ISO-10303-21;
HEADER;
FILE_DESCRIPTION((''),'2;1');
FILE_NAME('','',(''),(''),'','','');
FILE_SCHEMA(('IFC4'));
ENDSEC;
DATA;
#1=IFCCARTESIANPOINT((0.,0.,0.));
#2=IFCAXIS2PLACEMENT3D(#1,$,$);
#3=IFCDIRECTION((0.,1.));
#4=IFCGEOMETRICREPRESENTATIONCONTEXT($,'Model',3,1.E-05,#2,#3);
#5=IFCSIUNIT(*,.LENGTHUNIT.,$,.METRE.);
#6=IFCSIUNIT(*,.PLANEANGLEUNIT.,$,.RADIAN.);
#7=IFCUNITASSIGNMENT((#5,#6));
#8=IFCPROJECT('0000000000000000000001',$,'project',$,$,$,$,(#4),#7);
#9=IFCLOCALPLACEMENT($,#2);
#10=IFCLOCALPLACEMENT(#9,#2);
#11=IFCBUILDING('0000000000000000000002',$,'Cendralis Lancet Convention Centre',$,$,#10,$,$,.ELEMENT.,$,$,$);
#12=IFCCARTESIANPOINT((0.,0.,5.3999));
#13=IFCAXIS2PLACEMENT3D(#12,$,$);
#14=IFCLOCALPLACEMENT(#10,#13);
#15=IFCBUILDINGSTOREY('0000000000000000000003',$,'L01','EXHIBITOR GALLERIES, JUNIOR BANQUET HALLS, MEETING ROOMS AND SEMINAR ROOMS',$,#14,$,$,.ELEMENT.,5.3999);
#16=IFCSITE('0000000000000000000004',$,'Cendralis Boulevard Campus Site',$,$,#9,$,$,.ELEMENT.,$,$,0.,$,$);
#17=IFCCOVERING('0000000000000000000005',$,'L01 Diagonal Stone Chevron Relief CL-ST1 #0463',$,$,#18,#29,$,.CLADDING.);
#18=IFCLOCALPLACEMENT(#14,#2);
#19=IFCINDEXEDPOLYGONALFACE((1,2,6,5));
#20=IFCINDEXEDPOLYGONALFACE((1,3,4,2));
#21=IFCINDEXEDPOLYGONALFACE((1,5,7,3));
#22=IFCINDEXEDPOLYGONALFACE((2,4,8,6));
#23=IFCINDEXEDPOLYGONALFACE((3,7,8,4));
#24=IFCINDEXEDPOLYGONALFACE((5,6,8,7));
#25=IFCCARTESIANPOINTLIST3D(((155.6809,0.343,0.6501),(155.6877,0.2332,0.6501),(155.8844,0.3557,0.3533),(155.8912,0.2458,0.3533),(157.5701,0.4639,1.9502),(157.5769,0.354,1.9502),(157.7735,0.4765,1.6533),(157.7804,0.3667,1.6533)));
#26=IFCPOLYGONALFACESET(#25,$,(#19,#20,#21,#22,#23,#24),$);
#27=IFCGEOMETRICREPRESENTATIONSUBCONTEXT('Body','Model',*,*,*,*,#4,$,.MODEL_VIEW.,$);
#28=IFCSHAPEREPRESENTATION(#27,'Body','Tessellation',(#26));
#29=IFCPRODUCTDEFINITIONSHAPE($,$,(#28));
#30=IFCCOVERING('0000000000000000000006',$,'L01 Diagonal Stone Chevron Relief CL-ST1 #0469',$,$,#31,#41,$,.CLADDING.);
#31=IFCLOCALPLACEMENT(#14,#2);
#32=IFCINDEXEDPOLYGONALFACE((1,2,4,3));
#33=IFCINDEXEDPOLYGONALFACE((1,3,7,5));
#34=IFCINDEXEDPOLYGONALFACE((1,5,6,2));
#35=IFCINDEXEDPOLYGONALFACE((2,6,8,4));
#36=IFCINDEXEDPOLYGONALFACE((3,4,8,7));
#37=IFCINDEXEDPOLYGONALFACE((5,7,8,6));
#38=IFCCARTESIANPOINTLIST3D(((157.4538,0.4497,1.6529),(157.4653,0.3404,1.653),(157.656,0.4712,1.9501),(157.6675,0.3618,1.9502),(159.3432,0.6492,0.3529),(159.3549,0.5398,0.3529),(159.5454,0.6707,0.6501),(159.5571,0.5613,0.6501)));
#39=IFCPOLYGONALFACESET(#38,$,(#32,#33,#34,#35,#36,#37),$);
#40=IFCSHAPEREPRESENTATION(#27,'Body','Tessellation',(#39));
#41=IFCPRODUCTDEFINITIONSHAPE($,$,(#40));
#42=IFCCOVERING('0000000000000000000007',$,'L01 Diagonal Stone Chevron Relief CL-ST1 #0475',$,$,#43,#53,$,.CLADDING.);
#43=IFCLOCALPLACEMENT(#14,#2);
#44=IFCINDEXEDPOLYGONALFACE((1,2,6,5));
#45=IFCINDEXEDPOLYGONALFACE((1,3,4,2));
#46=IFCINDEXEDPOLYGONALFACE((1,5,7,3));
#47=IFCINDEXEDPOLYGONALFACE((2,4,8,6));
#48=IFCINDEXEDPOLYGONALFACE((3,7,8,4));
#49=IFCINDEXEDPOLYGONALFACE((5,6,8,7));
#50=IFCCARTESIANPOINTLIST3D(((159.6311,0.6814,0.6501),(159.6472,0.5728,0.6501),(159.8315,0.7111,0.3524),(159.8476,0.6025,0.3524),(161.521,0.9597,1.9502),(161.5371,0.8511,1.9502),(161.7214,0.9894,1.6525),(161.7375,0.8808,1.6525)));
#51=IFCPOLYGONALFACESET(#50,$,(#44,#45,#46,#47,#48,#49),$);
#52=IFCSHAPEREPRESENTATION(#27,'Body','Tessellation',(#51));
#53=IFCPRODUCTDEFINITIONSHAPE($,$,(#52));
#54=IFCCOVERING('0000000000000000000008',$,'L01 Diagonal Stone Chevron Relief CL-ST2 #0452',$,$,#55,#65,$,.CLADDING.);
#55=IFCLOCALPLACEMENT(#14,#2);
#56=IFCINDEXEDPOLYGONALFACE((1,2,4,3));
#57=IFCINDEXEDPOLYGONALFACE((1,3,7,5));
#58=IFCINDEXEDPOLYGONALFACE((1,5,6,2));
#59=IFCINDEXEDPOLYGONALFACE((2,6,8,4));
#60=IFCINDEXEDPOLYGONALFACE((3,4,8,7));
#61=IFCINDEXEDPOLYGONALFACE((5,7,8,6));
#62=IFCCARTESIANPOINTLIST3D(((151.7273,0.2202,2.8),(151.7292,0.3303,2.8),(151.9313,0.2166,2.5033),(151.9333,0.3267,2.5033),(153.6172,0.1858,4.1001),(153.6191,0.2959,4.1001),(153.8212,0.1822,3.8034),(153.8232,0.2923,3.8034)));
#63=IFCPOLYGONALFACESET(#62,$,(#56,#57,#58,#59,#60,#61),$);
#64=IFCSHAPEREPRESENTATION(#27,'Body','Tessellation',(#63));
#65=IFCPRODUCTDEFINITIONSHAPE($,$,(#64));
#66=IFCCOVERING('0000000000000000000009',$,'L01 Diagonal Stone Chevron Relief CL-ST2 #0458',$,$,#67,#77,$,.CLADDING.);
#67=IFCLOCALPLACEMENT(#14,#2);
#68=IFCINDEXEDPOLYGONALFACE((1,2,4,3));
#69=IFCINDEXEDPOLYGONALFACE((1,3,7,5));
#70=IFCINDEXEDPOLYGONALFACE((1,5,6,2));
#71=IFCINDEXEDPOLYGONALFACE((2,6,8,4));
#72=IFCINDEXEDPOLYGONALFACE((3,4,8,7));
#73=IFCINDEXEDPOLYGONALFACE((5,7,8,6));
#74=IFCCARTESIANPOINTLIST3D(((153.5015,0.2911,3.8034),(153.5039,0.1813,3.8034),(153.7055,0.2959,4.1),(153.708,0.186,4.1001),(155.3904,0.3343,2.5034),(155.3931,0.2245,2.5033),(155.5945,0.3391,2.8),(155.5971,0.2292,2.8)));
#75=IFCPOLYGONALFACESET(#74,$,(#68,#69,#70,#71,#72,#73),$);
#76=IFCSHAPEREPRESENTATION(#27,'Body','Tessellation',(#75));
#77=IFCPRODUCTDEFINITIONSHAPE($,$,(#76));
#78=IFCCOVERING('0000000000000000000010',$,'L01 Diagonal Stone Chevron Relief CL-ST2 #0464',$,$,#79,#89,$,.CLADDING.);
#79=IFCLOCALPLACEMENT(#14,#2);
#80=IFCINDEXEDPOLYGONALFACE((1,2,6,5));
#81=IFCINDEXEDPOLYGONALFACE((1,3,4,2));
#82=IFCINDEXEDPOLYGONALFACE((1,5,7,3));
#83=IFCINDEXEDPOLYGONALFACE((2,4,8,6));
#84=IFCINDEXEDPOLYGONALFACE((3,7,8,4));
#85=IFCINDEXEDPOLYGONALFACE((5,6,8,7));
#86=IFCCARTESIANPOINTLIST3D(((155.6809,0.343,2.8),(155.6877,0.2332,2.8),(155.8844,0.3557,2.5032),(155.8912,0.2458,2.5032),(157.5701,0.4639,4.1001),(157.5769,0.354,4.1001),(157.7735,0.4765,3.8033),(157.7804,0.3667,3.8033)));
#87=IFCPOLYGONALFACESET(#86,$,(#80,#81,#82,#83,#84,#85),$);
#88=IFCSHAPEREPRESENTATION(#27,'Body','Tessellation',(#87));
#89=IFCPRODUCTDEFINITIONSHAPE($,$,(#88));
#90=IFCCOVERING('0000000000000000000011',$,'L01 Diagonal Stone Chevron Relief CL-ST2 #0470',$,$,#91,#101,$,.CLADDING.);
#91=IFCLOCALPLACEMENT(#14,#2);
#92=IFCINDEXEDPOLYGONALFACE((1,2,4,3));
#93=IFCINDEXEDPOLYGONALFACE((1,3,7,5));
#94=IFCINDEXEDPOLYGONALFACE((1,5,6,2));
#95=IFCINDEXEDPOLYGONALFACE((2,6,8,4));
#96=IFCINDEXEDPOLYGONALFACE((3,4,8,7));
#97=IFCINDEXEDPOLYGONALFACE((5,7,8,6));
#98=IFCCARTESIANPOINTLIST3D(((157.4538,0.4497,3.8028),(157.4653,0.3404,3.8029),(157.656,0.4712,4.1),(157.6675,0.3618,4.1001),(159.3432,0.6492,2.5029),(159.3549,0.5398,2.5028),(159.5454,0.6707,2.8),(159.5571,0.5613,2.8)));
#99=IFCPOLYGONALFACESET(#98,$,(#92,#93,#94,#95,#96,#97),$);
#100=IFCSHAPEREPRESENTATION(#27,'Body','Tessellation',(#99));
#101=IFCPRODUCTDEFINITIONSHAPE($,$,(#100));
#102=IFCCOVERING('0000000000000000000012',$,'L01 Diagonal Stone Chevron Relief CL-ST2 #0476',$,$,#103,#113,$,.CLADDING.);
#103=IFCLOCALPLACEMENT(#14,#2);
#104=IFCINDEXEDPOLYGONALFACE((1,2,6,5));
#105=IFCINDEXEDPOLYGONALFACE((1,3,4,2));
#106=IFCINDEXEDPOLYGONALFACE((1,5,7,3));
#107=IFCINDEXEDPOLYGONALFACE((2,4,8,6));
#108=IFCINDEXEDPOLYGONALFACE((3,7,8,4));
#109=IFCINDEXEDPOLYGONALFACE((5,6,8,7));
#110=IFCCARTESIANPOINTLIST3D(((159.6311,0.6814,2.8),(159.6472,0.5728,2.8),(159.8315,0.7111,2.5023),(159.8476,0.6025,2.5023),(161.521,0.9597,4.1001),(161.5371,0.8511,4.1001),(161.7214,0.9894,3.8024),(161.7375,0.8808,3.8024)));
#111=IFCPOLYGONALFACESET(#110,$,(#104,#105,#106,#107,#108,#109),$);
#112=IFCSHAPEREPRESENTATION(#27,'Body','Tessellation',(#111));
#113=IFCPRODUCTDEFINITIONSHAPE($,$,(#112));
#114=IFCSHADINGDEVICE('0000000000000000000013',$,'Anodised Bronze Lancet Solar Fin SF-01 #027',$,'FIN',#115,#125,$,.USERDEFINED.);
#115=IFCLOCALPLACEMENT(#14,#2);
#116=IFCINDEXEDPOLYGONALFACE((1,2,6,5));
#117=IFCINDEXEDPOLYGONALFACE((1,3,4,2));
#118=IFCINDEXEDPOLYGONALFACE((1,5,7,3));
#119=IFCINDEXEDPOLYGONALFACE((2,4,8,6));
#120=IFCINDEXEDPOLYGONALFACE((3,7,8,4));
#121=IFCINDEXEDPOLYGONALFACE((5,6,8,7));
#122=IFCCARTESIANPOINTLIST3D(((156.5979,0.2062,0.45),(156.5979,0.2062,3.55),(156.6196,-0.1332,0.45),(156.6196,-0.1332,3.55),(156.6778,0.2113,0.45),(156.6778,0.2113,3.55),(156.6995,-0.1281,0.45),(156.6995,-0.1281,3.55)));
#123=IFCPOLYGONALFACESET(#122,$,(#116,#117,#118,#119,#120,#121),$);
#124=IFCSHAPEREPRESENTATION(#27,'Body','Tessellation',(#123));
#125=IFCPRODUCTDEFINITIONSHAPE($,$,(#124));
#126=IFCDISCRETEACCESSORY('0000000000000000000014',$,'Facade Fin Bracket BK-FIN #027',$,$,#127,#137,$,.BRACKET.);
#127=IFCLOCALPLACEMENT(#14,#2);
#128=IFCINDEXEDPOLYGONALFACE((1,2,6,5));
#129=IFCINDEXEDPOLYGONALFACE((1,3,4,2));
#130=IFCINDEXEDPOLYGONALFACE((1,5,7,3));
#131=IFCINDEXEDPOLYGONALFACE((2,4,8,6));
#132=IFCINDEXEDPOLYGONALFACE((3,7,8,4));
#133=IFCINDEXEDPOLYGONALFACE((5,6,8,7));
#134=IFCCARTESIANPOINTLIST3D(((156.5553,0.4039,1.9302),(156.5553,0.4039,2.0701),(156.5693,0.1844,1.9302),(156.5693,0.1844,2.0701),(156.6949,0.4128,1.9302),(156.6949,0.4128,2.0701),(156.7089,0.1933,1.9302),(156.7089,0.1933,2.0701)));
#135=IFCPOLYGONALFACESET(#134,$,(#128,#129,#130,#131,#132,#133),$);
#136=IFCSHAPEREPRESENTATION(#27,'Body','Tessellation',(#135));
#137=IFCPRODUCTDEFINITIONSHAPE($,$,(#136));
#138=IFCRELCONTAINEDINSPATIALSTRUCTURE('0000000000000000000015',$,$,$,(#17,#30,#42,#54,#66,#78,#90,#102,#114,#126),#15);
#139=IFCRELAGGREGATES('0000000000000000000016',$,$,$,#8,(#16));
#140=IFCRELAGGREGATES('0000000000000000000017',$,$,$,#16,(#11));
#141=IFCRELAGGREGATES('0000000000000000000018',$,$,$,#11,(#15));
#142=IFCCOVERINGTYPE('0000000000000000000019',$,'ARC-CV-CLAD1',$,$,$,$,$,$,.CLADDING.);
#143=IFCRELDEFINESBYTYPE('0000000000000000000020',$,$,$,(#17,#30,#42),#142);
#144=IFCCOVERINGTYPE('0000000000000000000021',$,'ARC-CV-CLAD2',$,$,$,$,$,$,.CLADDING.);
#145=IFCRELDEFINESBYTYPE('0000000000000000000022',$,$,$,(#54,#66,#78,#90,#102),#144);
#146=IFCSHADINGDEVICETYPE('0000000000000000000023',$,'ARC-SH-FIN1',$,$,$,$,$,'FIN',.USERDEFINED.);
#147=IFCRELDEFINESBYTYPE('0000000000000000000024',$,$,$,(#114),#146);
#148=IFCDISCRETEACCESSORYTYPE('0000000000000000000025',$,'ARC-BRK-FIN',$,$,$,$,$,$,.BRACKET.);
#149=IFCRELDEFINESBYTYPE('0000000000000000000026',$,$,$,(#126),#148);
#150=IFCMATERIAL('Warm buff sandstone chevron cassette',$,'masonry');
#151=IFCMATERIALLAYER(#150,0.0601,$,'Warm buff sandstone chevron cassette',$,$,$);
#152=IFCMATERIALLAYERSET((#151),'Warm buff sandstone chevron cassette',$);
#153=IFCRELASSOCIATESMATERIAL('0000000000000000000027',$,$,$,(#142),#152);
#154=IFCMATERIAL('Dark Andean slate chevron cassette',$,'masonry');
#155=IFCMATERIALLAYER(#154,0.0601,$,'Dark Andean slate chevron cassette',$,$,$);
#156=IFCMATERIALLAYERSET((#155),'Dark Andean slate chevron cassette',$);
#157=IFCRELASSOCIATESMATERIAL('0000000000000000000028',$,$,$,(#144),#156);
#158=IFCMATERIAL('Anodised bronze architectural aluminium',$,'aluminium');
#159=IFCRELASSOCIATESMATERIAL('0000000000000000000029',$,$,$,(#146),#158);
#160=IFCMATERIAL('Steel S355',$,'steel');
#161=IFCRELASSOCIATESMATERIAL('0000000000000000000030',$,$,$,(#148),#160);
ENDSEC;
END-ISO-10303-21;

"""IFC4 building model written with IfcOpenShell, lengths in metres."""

from ifc_helpers import new_model, si_unit, direction, frame, origin, origin_2d, place, context, subcontext, project, spatial, polyline, rectangle, outline, extrude, material, layer, layer_set, type_object, element, save


model = new_model("IFC4")

# Units and contexts
model_context = context("Model", 3, precision=1e-05, world=origin(), true_north=direction((0.0, 1.0)))
body_context = subcontext(model_context, "Body", "Model", "MODEL_VIEW")
ifc_project = project(units=[si_unit("LENGTHUNIT", "METRE"), si_unit("PLANEANGLEUNIT", "RADIAN")], contexts=[model_context])

# Site, building, storey
site_placement = place(None, origin())
site = spatial("IfcSite", under=ifc_project, at=site_placement, Name="Cendralis Boulevard Campus Site", CompositionType="ELEMENT", RefElevation=0.0)
building_placement = place(site_placement, origin())
building = spatial("IfcBuilding", under=site, at=building_placement, Name="Cendralis Lancet Convention Centre", CompositionType="ELEMENT")
storey_placement = place(building_placement, frame((0.0, 0.0, 5.3999)))
storey = spatial("IfcBuildingStorey", under=building, at=storey_placement, Name="L01", Description="EXHIBITOR GALLERIES, JUNIOR BANQUET HALLS, MEETING ROOMS AND SEMINAR ROOMS", CompositionType="ELEMENT", Elevation=5.3999)

# Shared definitions
ifc_material_1 = material(Name="Steel S355", Category="steel")

# Shared definitions
ifc_material_2 = material(Name="Dark Andean slate chevron cassette", Category="masonry")
ifc_material_3 = material(Name="Warm buff sandstone chevron cassette", Category="masonry")

# Coverings
ifc_layer_1 = layer(ifc_material_3, 0.0601, Name="Warm buff sandstone chevron cassette")
ifc_layer_set_1 = layer_set([ifc_layer_1], Name="Warm buff sandstone chevron cassette")
covering_type_1 = type_object("IfcCoveringType", Name="ARC-CV-CLAD1", PredefinedType="CLADDING", material=ifc_layer_set_1)
covering_1_placement = place(storey_placement, frame((155.6877, 0.2332, 0.6501), z_axis=(-0.565022, -0.035157, 0.824327), x_axis=(0.822646, 0.052625, 0.566114)))
element("IfcCovering", 1, at=covering_1_placement, inside=storey, type_object=covering_type_1, Name="L01 Diagonal Stone Chevron Relief CL-ST1 #0463", PredefinedType="CLADDING", context=body_context, shape_type="SweptSolid", body=[
    extrude(outline(polyline([(0.0, 0.0), (2.2964, 0.0), (2.2966, 0.1101), (0.0002, 0.1101), (0.0, 0.0)])), origin(), (0.0, 0.0, -1.0), 0.3601),
])
covering_2_placement = place(storey_placement, frame((157.6675, 0.3618, 1.9502), z_axis=(0.561546, 0.059539, 0.825301), x_axis=(0.820741, 0.086634, -0.564693)))
element("IfcCovering", 2, at=covering_2_placement, inside=storey, type_object=covering_type_1, Name="L01 Diagonal Stone Chevron Relief CL-ST1 #0469", PredefinedType="CLADDING", context=body_context, shape_type="SweptSolid", body=[
    extrude(outline(polyline([(0.0, 0.0), (2.3023, 0.0), (2.3022, 0.11), (0.0001, 0.11), (0.0, 0.0)])), origin(), (0.0, 0.0, -1.0), 0.3601),
])
covering_3_placement = place(storey_placement, frame((159.6472, 0.5728, 0.6501), z_axis=(-0.556536, -0.082542, 0.826713), x_axis=(0.817891, 0.120449, 0.562624)))
element("IfcCovering", 3, at=covering_3_placement, inside=storey, type_object=covering_type_1, Name="L01 Diagonal Stone Chevron Relief CL-ST1 #0475", PredefinedType="CLADDING", context=body_context, shape_type="SweptSolid", body=[
    extrude(outline(polyline([(0.0, 0.0), (2.3107, 0.0), (2.3106, 0.1098), (-0.0001, 0.1098), (0.0, 0.0)])), origin(), (0.0, 0.0, -1.0), 0.3601),
])
ifc_layer_2 = layer(ifc_material_2, 0.0601, Name="Dark Andean slate chevron cassette")
ifc_layer_set_2 = layer_set([ifc_layer_2], Name="Dark Andean slate chevron cassette")
covering_type_2 = type_object("IfcCoveringType", Name="ARC-CV-CLAD2", PredefinedType="CLADDING", material=ifc_layer_set_2)
covering_4_placement = place(storey_placement, frame((151.7273, 0.2202, 2.8), z_axis=(-0.566597, 0.010051, 0.823934), x_axis=(0.823797, -0.015005, 0.566686)))
element("IfcCovering", 4, at=covering_4_placement, inside=storey, type_object=covering_type_2, Name="L01 Diagonal Stone Chevron Relief CL-ST2 #0452", PredefinedType="CLADDING", context=body_context, shape_type="SweptSolid", body=[
    extrude(outline(polyline([(0.0, 0.0), (2.2941, 0.0), (2.2941, 0.1101), (0.0, 0.1101), (0.0, 0.0)])), origin(), (0.0, 0.0, -1.0), 0.3601),
])
covering_5_placement = place(storey_placement, frame((153.708, 0.186, 4.1001), z_axis=(0.566669, 0.013222, 0.823839), x_axis=(0.823624, 0.01884, -0.566823)))
element("IfcCovering", 5, at=covering_5_placement, inside=storey, type_object=covering_type_2, Name="L01 Diagonal Stone Chevron Relief CL-ST2 #0458", PredefinedType="CLADDING", context=body_context, shape_type="SweptSolid", body=[
    extrude(outline(polyline([(0.0, 0.0), (2.2937, 0.0), (2.2935, 0.1099), (0.0001, 0.1099), (0.0, 0.0)])), origin(), (0.0, 0.0, -1.0), 0.3601),
])
covering_6_placement = place(storey_placement, frame((155.6877, 0.2332, 2.8), z_axis=(-0.565022, -0.035157, 0.824327), x_axis=(0.822646, 0.052625, 0.566114)))
element("IfcCovering", 6, at=covering_6_placement, inside=storey, type_object=covering_type_2, Name="L01 Diagonal Stone Chevron Relief CL-ST2 #0464", PredefinedType="CLADDING", context=body_context, shape_type="SweptSolid", body=[
    extrude(outline(polyline([(0.0, 0.0), (2.2964, 0.0), (2.2966, 0.1101), (0.0002, 0.1101), (0.0, 0.0)])), origin(), (0.0, 0.0, -1.0), 0.3601),
])
covering_7_placement = place(storey_placement, frame((157.6675, 0.3618, 4.1001), z_axis=(0.561546, 0.059539, 0.825301), x_axis=(0.820741, 0.086634, -0.564693)))
element("IfcCovering", 7, at=covering_7_placement, inside=storey, type_object=covering_type_2, Name="L01 Diagonal Stone Chevron Relief CL-ST2 #0470", PredefinedType="CLADDING", context=body_context, shape_type="SweptSolid", body=[
    extrude(outline(polyline([(0.0, 0.0), (2.3023, 0.0), (2.3022, 0.11), (0.0001, 0.11), (0.0, 0.0)])), origin(), (0.0, 0.0, -1.0), 0.3601),
])
covering_8_placement = place(storey_placement, frame((159.6472, 0.5728, 2.8), z_axis=(-0.556536, -0.082542, 0.826713), x_axis=(0.817891, 0.120449, 0.562624)))
element("IfcCovering", 8, at=covering_8_placement, inside=storey, type_object=covering_type_2, Name="L01 Diagonal Stone Chevron Relief CL-ST2 #0476", PredefinedType="CLADDING", context=body_context, shape_type="SweptSolid", body=[
    extrude(outline(polyline([(0.0, 0.0), (2.3107, 0.0), (2.3106, 0.1098), (-0.0001, 0.1098), (0.0, 0.0)])), origin(), (0.0, 0.0, -1.0), 0.3601),
])

# Shading device
ifc_material_4 = material(Name="Anodised bronze architectural aluminium", Category="aluminium")
shading_device_type = type_object("IfcShadingDeviceType", Name="ARC-SH-FIN1", ElementType="FIN", PredefinedType="USERDEFINED", material=ifc_material_4)
shading_device_placement = place(storey_placement, frame((156.6487, 0.0391, 0.45), z_axis=(0.0, 0.0, 1.0), x_axis=(0.997959, 0.063853, 0.0)))
element("IfcShadingDevice", 9, at=shading_device_placement, inside=storey, type_object=shading_device_type, Name="Anodised Bronze Lancet Solar Fin SF-01 #027", ObjectType="FIN", PredefinedType="USERDEFINED", context=body_context, shape_type="SweptSolid", body=[
    extrude(rectangle(XDim=0.0801, YDim=0.3401, at=origin_2d()), origin(), (0.0, 0.0, 1.0), 3.1001),
])

# Discrete accessory
discrete_accessory_type = type_object("IfcDiscreteAccessoryType", Name="ARC-BRK-FIN", PredefinedType="BRACKET", material=ifc_material_1)
discrete_accessory_placement = place(storey_placement, frame((156.6321, 0.2986, 1.9302), z_axis=(0.0, 0.0, 1.0), x_axis=(0.997959, 0.063853, 0.0)))
element("IfcDiscreteAccessory", 10, at=discrete_accessory_placement, inside=storey, type_object=discrete_accessory_type, Name="Facade Fin Bracket BK-FIN #027", PredefinedType="BRACKET", context=body_context, shape_type="SweptSolid", body=[
    extrude(rectangle(XDim=0.1399, YDim=0.22, at=origin_2d()), origin(), (0.0, 0.0, 1.0), 0.1399),
])

save(model, "model.ifc")
